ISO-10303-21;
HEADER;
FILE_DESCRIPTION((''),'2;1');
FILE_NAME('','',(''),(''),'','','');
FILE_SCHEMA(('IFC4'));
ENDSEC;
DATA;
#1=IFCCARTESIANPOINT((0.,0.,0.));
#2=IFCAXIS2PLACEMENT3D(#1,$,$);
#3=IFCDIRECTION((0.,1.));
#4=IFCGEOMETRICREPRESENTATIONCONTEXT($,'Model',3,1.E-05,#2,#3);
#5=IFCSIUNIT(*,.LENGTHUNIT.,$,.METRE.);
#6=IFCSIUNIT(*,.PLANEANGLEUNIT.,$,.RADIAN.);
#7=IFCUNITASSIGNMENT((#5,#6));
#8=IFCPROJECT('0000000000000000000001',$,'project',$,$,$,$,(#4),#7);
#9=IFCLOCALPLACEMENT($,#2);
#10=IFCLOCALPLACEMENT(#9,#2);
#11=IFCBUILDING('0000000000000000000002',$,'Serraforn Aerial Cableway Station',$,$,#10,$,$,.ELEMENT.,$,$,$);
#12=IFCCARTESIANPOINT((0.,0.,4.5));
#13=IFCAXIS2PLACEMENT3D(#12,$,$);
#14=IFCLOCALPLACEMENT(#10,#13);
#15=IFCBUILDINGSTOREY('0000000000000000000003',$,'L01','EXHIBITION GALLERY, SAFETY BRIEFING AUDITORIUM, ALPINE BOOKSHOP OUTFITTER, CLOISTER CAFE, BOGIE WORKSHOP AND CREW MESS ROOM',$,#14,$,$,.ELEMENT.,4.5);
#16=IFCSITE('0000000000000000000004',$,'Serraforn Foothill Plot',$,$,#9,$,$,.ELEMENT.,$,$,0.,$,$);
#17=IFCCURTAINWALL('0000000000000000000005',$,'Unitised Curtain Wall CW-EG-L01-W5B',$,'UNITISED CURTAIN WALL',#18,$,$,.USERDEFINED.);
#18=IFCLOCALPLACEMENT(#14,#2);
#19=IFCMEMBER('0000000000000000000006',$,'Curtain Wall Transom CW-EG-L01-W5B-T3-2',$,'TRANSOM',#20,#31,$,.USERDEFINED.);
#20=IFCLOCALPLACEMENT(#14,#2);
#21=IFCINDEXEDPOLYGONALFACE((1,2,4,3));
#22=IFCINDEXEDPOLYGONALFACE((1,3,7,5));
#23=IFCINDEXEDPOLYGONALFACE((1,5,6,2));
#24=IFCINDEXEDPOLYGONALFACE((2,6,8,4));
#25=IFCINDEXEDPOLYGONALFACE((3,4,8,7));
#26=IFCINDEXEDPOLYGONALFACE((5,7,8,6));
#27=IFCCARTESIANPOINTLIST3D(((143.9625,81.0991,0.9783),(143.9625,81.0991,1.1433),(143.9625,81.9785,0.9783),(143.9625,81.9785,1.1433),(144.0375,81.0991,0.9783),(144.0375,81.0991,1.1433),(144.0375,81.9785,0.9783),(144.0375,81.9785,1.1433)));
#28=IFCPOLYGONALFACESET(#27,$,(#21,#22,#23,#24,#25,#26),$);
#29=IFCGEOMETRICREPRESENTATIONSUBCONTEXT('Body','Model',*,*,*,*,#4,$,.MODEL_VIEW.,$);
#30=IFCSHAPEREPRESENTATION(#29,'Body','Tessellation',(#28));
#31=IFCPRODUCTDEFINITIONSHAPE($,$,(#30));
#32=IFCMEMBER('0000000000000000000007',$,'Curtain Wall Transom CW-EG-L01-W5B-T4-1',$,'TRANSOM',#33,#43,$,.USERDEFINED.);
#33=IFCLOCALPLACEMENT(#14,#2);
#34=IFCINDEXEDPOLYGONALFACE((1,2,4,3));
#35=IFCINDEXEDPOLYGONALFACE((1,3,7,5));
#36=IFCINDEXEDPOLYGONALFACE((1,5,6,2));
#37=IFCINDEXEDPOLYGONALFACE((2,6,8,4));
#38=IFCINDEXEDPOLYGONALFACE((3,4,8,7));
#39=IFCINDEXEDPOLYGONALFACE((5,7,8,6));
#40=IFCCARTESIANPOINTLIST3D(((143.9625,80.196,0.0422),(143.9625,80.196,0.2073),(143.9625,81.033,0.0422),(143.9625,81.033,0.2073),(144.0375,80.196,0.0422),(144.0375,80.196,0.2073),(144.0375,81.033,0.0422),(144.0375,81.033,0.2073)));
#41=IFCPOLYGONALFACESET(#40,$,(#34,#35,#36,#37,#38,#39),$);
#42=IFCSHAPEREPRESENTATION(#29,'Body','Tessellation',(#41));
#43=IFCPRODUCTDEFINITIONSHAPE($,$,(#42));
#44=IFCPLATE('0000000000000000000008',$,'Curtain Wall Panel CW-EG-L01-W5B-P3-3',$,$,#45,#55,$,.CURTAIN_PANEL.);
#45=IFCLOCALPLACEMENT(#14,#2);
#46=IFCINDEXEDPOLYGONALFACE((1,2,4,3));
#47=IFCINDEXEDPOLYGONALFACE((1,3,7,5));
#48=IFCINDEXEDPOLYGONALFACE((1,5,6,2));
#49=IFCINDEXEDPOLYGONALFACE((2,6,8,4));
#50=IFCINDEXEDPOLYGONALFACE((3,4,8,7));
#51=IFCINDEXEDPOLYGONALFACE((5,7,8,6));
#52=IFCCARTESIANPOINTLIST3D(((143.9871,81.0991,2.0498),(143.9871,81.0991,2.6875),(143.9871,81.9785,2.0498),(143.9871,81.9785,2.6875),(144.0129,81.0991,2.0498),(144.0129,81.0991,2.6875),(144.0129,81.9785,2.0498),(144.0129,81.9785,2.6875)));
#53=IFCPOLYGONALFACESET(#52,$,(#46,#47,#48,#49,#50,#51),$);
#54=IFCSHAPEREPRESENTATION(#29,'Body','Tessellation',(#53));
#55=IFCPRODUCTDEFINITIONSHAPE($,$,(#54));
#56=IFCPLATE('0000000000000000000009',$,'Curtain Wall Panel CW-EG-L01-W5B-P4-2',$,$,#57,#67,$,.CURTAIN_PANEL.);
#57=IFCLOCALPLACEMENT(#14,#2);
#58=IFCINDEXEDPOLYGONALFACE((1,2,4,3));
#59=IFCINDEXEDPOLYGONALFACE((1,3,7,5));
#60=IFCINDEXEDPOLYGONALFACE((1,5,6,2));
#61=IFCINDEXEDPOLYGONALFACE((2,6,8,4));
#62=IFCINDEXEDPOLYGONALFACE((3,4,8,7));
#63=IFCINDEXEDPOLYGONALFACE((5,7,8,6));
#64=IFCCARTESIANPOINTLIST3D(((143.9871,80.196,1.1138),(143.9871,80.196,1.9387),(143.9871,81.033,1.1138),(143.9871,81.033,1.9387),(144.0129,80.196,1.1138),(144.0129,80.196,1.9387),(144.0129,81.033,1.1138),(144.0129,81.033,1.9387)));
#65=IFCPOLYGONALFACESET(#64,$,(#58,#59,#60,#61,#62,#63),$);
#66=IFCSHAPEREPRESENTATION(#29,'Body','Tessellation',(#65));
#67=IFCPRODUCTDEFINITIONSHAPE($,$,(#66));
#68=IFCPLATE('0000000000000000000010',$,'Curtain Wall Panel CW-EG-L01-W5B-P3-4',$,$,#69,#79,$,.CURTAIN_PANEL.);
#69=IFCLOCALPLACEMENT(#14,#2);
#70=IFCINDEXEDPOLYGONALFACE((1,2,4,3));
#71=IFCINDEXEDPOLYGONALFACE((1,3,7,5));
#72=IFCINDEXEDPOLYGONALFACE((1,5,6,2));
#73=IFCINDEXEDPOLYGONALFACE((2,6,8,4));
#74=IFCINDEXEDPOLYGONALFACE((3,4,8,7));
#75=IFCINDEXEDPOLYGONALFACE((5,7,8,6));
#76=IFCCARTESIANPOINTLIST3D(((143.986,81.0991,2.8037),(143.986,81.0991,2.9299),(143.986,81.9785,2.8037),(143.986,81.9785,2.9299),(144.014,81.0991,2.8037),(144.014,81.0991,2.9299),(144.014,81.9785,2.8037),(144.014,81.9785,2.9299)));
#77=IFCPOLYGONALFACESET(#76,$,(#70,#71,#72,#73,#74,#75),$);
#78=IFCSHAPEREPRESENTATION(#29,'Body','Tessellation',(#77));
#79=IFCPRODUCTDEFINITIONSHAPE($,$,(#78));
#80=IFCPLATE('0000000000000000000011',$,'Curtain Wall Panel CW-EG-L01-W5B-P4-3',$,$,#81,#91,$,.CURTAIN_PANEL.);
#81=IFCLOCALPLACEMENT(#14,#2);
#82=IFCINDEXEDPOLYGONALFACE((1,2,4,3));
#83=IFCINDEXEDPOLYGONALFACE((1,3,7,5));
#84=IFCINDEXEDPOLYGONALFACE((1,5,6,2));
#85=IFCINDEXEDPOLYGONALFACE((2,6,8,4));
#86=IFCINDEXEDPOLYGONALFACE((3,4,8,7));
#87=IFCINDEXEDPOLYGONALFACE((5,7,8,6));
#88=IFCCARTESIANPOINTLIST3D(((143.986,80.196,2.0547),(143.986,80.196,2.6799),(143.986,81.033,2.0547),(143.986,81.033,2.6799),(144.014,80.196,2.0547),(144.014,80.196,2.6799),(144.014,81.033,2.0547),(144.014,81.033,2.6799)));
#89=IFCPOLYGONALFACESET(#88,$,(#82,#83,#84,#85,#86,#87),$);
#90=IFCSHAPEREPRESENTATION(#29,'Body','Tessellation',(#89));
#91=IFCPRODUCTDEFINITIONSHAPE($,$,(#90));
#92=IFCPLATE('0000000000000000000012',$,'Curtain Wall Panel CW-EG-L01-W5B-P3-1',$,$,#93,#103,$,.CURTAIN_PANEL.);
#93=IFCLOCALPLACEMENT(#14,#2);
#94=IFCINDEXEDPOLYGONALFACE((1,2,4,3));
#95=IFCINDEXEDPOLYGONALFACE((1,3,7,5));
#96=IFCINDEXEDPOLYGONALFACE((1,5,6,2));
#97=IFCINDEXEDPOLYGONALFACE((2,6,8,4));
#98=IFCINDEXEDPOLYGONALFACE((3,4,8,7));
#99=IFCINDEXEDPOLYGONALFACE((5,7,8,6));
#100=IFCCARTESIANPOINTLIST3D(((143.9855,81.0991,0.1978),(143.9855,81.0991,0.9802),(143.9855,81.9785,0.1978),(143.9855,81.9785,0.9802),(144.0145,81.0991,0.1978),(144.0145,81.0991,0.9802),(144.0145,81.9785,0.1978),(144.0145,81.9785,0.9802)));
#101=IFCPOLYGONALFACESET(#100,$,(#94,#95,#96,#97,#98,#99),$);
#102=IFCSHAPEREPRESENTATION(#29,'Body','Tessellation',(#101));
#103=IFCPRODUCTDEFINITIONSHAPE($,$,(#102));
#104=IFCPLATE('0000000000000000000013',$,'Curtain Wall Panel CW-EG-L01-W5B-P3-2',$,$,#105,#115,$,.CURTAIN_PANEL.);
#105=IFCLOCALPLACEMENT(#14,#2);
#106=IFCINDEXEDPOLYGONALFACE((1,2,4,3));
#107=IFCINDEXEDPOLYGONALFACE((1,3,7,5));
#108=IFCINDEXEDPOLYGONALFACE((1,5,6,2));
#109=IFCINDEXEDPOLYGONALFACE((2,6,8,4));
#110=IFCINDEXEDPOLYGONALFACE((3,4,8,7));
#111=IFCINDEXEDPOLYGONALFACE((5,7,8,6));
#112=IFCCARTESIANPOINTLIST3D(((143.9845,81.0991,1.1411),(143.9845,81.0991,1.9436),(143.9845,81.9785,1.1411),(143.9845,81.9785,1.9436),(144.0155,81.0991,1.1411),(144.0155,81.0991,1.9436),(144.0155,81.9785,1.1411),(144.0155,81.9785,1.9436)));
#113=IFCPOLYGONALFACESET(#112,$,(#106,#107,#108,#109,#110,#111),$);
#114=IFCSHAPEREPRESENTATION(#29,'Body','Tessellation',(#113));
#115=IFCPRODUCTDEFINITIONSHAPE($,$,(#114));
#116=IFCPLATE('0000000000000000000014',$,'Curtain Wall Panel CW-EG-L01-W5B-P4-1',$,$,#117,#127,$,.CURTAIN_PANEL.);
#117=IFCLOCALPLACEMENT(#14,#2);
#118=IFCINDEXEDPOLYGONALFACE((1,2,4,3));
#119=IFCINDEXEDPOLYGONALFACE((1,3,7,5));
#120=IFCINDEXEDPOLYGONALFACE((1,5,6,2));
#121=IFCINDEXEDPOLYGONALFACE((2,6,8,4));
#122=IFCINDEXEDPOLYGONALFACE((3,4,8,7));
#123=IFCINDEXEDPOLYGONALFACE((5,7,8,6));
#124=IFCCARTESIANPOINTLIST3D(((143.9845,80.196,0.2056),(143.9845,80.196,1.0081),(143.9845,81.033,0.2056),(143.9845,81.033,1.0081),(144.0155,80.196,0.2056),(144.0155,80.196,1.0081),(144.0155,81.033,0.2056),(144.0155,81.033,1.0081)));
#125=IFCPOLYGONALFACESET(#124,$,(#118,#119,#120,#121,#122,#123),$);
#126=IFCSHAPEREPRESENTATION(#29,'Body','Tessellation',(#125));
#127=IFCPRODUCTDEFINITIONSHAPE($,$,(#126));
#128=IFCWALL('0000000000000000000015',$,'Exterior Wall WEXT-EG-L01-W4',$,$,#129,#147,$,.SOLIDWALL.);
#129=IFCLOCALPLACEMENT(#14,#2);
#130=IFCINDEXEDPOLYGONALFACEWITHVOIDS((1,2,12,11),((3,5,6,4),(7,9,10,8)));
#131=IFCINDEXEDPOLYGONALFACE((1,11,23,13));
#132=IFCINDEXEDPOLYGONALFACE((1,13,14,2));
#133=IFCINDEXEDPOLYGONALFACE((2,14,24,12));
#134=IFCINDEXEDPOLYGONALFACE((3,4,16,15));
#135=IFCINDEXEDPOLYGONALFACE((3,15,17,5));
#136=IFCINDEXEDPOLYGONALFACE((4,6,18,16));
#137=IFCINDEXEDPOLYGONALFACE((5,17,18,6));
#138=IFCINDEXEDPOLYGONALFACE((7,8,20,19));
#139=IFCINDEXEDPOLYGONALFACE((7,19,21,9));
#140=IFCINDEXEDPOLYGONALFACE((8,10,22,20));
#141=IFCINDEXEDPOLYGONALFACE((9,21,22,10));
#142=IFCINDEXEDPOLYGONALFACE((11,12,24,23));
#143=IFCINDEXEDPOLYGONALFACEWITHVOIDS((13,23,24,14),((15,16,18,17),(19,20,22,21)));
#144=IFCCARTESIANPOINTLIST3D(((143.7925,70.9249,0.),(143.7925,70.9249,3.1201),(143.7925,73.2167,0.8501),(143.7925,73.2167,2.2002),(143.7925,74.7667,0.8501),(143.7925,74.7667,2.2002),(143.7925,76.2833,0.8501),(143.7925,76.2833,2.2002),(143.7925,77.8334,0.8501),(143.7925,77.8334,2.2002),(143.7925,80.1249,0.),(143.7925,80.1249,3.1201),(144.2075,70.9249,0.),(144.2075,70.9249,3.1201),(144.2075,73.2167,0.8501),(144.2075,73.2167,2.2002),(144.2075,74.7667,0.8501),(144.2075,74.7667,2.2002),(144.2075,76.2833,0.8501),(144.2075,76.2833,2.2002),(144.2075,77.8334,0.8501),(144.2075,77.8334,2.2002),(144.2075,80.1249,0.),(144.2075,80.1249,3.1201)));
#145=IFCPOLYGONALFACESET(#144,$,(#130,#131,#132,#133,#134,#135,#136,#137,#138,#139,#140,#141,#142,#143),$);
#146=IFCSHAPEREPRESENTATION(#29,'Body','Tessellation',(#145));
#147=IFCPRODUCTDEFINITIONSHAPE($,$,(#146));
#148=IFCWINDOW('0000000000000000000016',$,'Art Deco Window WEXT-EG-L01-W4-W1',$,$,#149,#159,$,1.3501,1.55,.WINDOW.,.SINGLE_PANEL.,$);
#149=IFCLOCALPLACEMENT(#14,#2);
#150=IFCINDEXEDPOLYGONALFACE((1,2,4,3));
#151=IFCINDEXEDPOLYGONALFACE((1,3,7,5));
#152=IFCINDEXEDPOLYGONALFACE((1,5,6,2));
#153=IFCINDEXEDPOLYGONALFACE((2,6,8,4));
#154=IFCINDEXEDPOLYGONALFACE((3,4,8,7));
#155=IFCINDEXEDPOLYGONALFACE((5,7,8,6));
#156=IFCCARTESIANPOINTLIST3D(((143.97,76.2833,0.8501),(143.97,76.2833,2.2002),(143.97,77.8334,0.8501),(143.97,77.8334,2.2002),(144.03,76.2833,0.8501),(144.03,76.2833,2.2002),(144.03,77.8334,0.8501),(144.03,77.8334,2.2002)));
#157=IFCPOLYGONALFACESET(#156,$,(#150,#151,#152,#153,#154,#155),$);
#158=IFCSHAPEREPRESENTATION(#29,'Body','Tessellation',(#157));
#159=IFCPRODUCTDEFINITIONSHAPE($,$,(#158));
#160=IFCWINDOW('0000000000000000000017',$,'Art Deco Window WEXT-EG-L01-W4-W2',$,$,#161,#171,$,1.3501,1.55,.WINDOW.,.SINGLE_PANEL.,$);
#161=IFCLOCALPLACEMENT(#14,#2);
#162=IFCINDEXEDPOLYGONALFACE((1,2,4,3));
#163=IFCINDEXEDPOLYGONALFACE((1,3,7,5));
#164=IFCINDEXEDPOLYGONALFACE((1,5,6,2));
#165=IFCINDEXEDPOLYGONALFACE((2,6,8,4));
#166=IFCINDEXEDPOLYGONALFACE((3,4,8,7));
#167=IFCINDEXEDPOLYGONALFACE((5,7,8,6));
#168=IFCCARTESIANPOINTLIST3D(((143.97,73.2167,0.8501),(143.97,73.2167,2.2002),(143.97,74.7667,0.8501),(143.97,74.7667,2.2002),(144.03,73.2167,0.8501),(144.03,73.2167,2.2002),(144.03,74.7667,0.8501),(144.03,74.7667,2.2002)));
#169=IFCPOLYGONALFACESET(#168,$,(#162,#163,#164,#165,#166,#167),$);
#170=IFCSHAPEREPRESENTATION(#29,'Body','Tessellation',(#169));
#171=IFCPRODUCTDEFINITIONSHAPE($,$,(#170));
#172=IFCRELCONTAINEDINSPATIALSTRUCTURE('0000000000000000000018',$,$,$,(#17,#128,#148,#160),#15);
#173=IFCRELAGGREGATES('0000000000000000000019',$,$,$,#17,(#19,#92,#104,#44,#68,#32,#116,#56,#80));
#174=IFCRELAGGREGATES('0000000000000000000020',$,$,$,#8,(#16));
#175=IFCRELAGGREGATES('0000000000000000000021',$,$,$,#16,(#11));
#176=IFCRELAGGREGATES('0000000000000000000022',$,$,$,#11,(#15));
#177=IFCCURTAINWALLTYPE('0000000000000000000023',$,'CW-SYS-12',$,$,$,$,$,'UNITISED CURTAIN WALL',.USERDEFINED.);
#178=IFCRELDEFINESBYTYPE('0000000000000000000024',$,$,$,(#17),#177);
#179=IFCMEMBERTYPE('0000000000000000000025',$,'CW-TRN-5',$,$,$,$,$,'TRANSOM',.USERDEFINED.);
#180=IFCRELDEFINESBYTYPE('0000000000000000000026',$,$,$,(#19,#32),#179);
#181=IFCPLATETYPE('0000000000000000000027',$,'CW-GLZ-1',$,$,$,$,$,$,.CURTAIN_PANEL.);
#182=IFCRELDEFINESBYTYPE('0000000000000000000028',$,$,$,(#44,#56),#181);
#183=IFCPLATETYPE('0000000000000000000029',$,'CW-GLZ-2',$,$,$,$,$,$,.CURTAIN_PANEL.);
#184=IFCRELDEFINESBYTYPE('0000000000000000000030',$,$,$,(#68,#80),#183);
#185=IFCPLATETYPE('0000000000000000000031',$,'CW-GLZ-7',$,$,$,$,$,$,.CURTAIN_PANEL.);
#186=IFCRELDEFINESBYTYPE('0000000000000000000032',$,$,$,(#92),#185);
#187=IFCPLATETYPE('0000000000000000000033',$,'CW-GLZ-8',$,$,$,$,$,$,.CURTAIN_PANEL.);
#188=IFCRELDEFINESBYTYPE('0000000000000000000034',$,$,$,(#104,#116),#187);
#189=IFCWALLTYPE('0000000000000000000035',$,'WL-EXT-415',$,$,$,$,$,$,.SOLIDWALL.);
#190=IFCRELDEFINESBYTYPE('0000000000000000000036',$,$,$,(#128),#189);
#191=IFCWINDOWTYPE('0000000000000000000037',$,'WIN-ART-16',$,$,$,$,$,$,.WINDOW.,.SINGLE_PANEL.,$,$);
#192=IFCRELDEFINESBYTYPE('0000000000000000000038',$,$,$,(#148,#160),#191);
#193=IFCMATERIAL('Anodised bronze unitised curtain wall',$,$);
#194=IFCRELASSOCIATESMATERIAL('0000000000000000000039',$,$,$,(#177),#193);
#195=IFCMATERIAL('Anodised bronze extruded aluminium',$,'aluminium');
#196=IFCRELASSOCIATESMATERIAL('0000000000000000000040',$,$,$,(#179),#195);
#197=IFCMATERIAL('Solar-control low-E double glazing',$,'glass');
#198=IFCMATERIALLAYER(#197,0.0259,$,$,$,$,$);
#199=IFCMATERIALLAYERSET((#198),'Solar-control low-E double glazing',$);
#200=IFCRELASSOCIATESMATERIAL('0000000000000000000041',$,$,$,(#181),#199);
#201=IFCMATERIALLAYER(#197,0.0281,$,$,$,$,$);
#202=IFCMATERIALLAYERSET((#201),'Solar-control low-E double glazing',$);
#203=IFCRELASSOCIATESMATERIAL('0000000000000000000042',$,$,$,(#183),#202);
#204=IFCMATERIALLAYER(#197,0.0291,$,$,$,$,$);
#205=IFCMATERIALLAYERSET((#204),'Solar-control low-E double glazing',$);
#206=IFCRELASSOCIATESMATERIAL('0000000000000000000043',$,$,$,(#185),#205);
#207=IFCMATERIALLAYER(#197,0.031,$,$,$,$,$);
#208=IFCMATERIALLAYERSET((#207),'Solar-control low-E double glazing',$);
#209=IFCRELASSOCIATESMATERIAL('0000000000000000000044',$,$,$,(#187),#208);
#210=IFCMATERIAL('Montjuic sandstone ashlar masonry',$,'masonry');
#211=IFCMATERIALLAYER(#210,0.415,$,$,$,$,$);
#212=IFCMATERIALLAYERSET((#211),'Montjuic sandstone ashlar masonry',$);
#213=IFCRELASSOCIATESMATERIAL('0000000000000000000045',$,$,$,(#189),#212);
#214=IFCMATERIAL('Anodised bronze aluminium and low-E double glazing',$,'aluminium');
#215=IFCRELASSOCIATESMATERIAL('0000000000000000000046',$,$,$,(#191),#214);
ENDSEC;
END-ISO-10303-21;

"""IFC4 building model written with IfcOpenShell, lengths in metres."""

from ifc_helpers import new_model, si_unit, direction, frame, frame_2d, origin, origin_2d, place, context, subcontext, project, spatial, rectangle, extrude, material, layer, layer_set, material_profile, profile_set, type_object, element, fill, aggregate, save


model = new_model("IFC4")

# Units and contexts
model_context = context("Model", 3, precision=1e-05, world=origin(), true_north=direction((0.0, 1.0)))
body_context = subcontext(model_context, "Body", "Model", "MODEL_VIEW")
ifc_project = project(units=[si_unit("LENGTHUNIT", "METRE"), si_unit("PLANEANGLEUNIT", "RADIAN")], contexts=[model_context])

# Site, building, storey
site_placement = place(None, origin())
site = spatial("IfcSite", under=ifc_project, at=site_placement, Name="Serraforn Foothill Plot", CompositionType="ELEMENT", RefElevation=0.0)
building_placement = place(site_placement, origin())
building = spatial("IfcBuilding", under=site, at=building_placement, Name="Serraforn Aerial Cableway Station", CompositionType="ELEMENT")
storey_placement = place(building_placement, frame((0.0, 0.0, 4.5)))
storey = spatial("IfcBuildingStorey", under=building, at=storey_placement, Name="L01", Description="EXHIBITION GALLERY, SAFETY BRIEFING AUDITORIUM, ALPINE BOOKSHOP OUTFITTER, CLOISTER CAFE, BOGIE WORKSHOP AND CREW MESS ROOM", CompositionType="ELEMENT", Elevation=4.5)

# Curtain wall
ifc_material_1 = material(Name="Anodised bronze unitised curtain wall")
curtain_wall_type_1 = type_object("IfcCurtainWallType", Name="CW-SYS-12", ElementType="UNITISED CURTAIN WALL", PredefinedType="USERDEFINED", material=ifc_material_1)
curtain_wall_1_placement = place(storey_placement, origin())
curtain_wall_1 = element("IfcCurtainWall", 1, at=curtain_wall_1_placement, inside=storey, type_object=curtain_wall_type_1, Name="Unitised Curtain Wall CW-EG-L01-W5B", ObjectType="UNITISED CURTAIN WALL", PredefinedType="USERDEFINED")
ifc_material_2 = material(Name="Anodised bronze extruded aluminium", Category="aluminium")

# Members
ifc_material_profile_1 = material_profile(ifc_material_2, rectangle(XDim=0.075, YDim=0.165, at=origin_2d()), Name="CW TRANSOM 75x165")
ifc_profile_set_1 = profile_set([ifc_material_profile_1], Name="Anodised bronze extruded aluminium")
member_type_1 = type_object("IfcMemberType", Name="CW-TRN-5", ElementType="TRANSOM", PredefinedType="USERDEFINED", material=ifc_profile_set_1)
member_1_placement = place(storey_placement, frame((144.0, 81.9785, 1.0608), z_axis=(0.0, -1.0, 0.0), x_axis=(1.0, 0.0, 0.0)))
member_1 = element("IfcMember", 2, at=member_1_placement, type_object=member_type_1, Name="Curtain Wall Transom CW-EG-L01-W5B-T3-2", ObjectType="TRANSOM", PredefinedType="USERDEFINED", context=body_context, shape_type="SweptSolid", body=[
    extrude(rectangle(XDim=0.075, YDim=0.165, at=origin_2d()), origin(), (0.0, 0.0, 1.0), 0.8794),
])
member_2_placement = place(storey_placement, frame((144.0, 81.033, 0.1248), z_axis=(0.0, -1.0, 0.0), x_axis=(1.0, 0.0, 0.0)))
member_2 = element("IfcMember", 3, at=member_2_placement, type_object=member_type_1, Name="Curtain Wall Transom CW-EG-L01-W5B-T4-1", ObjectType="TRANSOM", PredefinedType="USERDEFINED", context=body_context, shape_type="SweptSolid", body=[
    extrude(rectangle(XDim=0.075, YDim=0.165, at=origin_2d()), origin(), (0.0, 0.0, 1.0), 0.8369),
])

# Plates
ifc_material_3 = material(Name="Solar-control low-E double glazing", Category="glass")
ifc_layer_1 = layer(ifc_material_3, 0.0259)
ifc_layer_set_1 = layer_set([ifc_layer_1], Name="Solar-control low-E double glazing")
plate_type_1 = type_object("IfcPlateType", Name="CW-GLZ-1", PredefinedType="CURTAIN_PANEL", material=ifc_layer_set_1)
plate_1_placement = place(storey_placement, frame((144.0, 81.5388, 2.0498), z_axis=(0.0, 0.0, 1.0), x_axis=(1.0, 0.0, 0.0)))
plate_1 = element("IfcPlate", 4, at=plate_1_placement, type_object=plate_type_1, Name="Curtain Wall Panel CW-EG-L01-W5B-P3-3", PredefinedType="CURTAIN_PANEL", context=body_context, shape_type="SweptSolid", body=[
    extrude(rectangle(XDim=0.0259, YDim=0.8794, at=origin_2d()), origin(), (0.0, 0.0, 1.0), 0.6377),
])
plate_2_placement = place(storey_placement, frame((144.0, 80.6145, 1.1138), z_axis=(0.0, 0.0, 1.0), x_axis=(1.0, 0.0, 0.0)))
plate_2 = element("IfcPlate", 5, at=plate_2_placement, type_object=plate_type_1, Name="Curtain Wall Panel CW-EG-L01-W5B-P4-2", PredefinedType="CURTAIN_PANEL", context=body_context, shape_type="SweptSolid", body=[
    extrude(rectangle(XDim=0.0259, YDim=0.8369, at=origin_2d()), origin(), (0.0, 0.0, 1.0), 0.825),
])
ifc_layer_2 = layer(ifc_material_3, 0.0281)
ifc_layer_set_2 = layer_set([ifc_layer_2], Name="Solar-control low-E double glazing")
plate_type_2 = type_object("IfcPlateType", Name="CW-GLZ-2", PredefinedType="CURTAIN_PANEL", material=ifc_layer_set_2)
plate_3_placement = place(storey_placement, frame((144.0, 81.5388, 2.8037), z_axis=(0.0, 0.0, 1.0), x_axis=(1.0, 0.0, 0.0)))
plate_3 = element("IfcPlate", 6, at=plate_3_placement, type_object=plate_type_2, Name="Curtain Wall Panel CW-EG-L01-W5B-P3-4", PredefinedType="CURTAIN_PANEL", context=body_context, shape_type="SweptSolid", body=[
    extrude(rectangle(XDim=0.0281, YDim=0.8794, at=origin_2d()), origin(), (0.0, 0.0, 1.0), 0.1262),
])
plate_4_placement = place(storey_placement, frame((144.0, 80.6145, 2.0547), z_axis=(0.0, 0.0, 1.0), x_axis=(1.0, 0.0, 0.0)))
plate_4 = element("IfcPlate", 7, at=plate_4_placement, type_object=plate_type_2, Name="Curtain Wall Panel CW-EG-L01-W5B-P4-3", PredefinedType="CURTAIN_PANEL", context=body_context, shape_type="SweptSolid", body=[
    extrude(rectangle(XDim=0.0281, YDim=0.8369, at=origin_2d()), origin(), (0.0, 0.0, 1.0), 0.6252),
])
ifc_layer_3 = layer(ifc_material_3, 0.0291)
ifc_layer_set_3 = layer_set([ifc_layer_3], Name="Solar-control low-E double glazing")
plate_type_3 = type_object("IfcPlateType", Name="CW-GLZ-7", PredefinedType="CURTAIN_PANEL", material=ifc_layer_set_3)
plate_5_placement = place(storey_placement, frame((144.0, 81.5388, 0.1978), z_axis=(0.0, 0.0, 1.0), x_axis=(1.0, 0.0, 0.0)))
plate_5 = element("IfcPlate", 8, at=plate_5_placement, type_object=plate_type_3, Name="Curtain Wall Panel CW-EG-L01-W5B-P3-1", PredefinedType="CURTAIN_PANEL", context=body_context, shape_type="SweptSolid", body=[
    extrude(rectangle(XDim=0.0291, YDim=0.8794, at=origin_2d()), origin(), (0.0, 0.0, 1.0), 0.7825),
])
ifc_layer_4 = layer(ifc_material_3, 0.031)
ifc_layer_set_4 = layer_set([ifc_layer_4], Name="Solar-control low-E double glazing")
plate_type_4 = type_object("IfcPlateType", Name="CW-GLZ-8", PredefinedType="CURTAIN_PANEL", material=ifc_layer_set_4)
plate_6_placement = place(storey_placement, frame((144.0, 81.5388, 1.1411), z_axis=(0.0, 0.0, 1.0), x_axis=(1.0, 0.0, 0.0)))
plate_6 = element("IfcPlate", 9, at=plate_6_placement, type_object=plate_type_4, Name="Curtain Wall Panel CW-EG-L01-W5B-P3-2", PredefinedType="CURTAIN_PANEL", context=body_context, shape_type="SweptSolid", body=[
    extrude(rectangle(XDim=0.031, YDim=0.8794, at=origin_2d()), origin(), (0.0, 0.0, 1.0), 0.8025),
])
plate_7_placement = place(storey_placement, frame((144.0, 80.6145, 0.2056), z_axis=(0.0, 0.0, 1.0), x_axis=(1.0, 0.0, 0.0)))
plate_7 = element("IfcPlate", 10, at=plate_7_placement, type_object=plate_type_4, Name="Curtain Wall Panel CW-EG-L01-W5B-P4-1", PredefinedType="CURTAIN_PANEL", context=body_context, shape_type="SweptSolid", body=[
    extrude(rectangle(XDim=0.031, YDim=0.8369, at=origin_2d()), origin(), (0.0, 0.0, 1.0), 0.8025),
])
aggregate(curtain_wall_1, [member_1, plate_5, plate_6, plate_1, plate_3, member_2, plate_7, plate_2, plate_4])

# Wall, openings, windows
ifc_material_4 = material(Name="Montjuic sandstone ashlar masonry", Category="masonry")
ifc_layer_5 = layer(ifc_material_4, 0.415)
ifc_layer_set_5 = layer_set([ifc_layer_5], Name="Montjuic sandstone ashlar masonry")
wall_type_1 = type_object("IfcWallType", Name="WL-EXT-415", PredefinedType="SOLIDWALL", material=ifc_layer_set_5)
wall_1_placement = place(storey_placement, frame((144.0, 80.125, 0.0), z_axis=(0.0, 0.0, 1.0), x_axis=(0.0, -1.0, 0.0)))
wall_1 = element("IfcWall", 11, at=wall_1_placement, inside=storey, type_object=wall_type_1, Name="Exterior Wall WEXT-EG-L01-W4", PredefinedType="SOLIDWALL", context=body_context, shape_type="SweptSolid", body=[
    extrude(rectangle(XDim=9.2, YDim=0.415, at=frame_2d((4.6001, 0.0))), origin(), (0.0, 0.0, 1.0), 3.1201),
])
opening_1_placement = place(wall_1_placement, frame((2.2917, 0.0, 0.8501)))
opening_1 = element("IfcOpeningElement", 12, at=opening_1_placement, cuts=wall_1, PredefinedType="OPENING", context=body_context, shape_type="SweptSolid", body=[
    extrude(rectangle(XDim=1.55, YDim=1.3501, at=frame_2d((0.7749, 0.675))), frame((0.0, 0.2175, 0.0), z_axis=(0.0, -1.0, 0.0), x_axis=(1.0, 0.0, 0.0)), (0.0, 0.0, 1.0), 0.4351),
])
opening_2_placement = place(wall_1_placement, frame((5.3584, 0.0, 0.8501)))
opening_2 = element("IfcOpeningElement", 13, at=opening_2_placement, cuts=wall_1, PredefinedType="OPENING", context=body_context, shape_type="SweptSolid", body=[
    extrude(rectangle(XDim=1.55, YDim=1.3501, at=frame_2d((0.7749, 0.675))), frame((0.0, 0.2175, 0.0), z_axis=(0.0, -1.0, 0.0), x_axis=(1.0, 0.0, 0.0)), (0.0, 0.0, 1.0), 0.4351),
])
ifc_material_5 = material(Name="Anodised bronze aluminium and low-E double glazing", Category="aluminium")
window_type = type_object("IfcWindowType", Name="WIN-ART-16", PartitioningType="SINGLE_PANEL", PredefinedType="WINDOW", material=ifc_material_5)
window_1_placement = place(opening_1_placement, origin())
window_1 = element("IfcWindow", 14, at=window_1_placement, inside=storey, type_object=window_type, Name="Art Deco Window WEXT-EG-L01-W4-W1", OverallHeight=1.3501, OverallWidth=1.55, PartitioningType="SINGLE_PANEL", PredefinedType="WINDOW", context=body_context, shape_type="SweptSolid", body=[
    extrude(rectangle(XDim=1.55, YDim=1.3501, at=frame_2d((0.7749, 0.675))), frame((0.0, 0.03, 0.0), z_axis=(0.0, -1.0, 0.0), x_axis=(1.0, 0.0, 0.0)), (0.0, 0.0, 1.0), 0.0601),
])
fill(opening_1, window_1)
window_2_placement = place(opening_2_placement, origin())
window_2 = element("IfcWindow", 15, at=window_2_placement, inside=storey, type_object=window_type, Name="Art Deco Window WEXT-EG-L01-W4-W2", OverallHeight=1.3501, OverallWidth=1.55, PartitioningType="SINGLE_PANEL", PredefinedType="WINDOW", context=body_context, shape_type="SweptSolid", body=[
    extrude(rectangle(XDim=1.55, YDim=1.3501, at=frame_2d((0.7749, 0.675))), frame((0.0, 0.03, 0.0), z_axis=(0.0, -1.0, 0.0), x_axis=(1.0, 0.0, 0.0)), (0.0, 0.0, 1.0), 0.0601),
])
fill(opening_2, window_2)

save(model, "model.ifc")
